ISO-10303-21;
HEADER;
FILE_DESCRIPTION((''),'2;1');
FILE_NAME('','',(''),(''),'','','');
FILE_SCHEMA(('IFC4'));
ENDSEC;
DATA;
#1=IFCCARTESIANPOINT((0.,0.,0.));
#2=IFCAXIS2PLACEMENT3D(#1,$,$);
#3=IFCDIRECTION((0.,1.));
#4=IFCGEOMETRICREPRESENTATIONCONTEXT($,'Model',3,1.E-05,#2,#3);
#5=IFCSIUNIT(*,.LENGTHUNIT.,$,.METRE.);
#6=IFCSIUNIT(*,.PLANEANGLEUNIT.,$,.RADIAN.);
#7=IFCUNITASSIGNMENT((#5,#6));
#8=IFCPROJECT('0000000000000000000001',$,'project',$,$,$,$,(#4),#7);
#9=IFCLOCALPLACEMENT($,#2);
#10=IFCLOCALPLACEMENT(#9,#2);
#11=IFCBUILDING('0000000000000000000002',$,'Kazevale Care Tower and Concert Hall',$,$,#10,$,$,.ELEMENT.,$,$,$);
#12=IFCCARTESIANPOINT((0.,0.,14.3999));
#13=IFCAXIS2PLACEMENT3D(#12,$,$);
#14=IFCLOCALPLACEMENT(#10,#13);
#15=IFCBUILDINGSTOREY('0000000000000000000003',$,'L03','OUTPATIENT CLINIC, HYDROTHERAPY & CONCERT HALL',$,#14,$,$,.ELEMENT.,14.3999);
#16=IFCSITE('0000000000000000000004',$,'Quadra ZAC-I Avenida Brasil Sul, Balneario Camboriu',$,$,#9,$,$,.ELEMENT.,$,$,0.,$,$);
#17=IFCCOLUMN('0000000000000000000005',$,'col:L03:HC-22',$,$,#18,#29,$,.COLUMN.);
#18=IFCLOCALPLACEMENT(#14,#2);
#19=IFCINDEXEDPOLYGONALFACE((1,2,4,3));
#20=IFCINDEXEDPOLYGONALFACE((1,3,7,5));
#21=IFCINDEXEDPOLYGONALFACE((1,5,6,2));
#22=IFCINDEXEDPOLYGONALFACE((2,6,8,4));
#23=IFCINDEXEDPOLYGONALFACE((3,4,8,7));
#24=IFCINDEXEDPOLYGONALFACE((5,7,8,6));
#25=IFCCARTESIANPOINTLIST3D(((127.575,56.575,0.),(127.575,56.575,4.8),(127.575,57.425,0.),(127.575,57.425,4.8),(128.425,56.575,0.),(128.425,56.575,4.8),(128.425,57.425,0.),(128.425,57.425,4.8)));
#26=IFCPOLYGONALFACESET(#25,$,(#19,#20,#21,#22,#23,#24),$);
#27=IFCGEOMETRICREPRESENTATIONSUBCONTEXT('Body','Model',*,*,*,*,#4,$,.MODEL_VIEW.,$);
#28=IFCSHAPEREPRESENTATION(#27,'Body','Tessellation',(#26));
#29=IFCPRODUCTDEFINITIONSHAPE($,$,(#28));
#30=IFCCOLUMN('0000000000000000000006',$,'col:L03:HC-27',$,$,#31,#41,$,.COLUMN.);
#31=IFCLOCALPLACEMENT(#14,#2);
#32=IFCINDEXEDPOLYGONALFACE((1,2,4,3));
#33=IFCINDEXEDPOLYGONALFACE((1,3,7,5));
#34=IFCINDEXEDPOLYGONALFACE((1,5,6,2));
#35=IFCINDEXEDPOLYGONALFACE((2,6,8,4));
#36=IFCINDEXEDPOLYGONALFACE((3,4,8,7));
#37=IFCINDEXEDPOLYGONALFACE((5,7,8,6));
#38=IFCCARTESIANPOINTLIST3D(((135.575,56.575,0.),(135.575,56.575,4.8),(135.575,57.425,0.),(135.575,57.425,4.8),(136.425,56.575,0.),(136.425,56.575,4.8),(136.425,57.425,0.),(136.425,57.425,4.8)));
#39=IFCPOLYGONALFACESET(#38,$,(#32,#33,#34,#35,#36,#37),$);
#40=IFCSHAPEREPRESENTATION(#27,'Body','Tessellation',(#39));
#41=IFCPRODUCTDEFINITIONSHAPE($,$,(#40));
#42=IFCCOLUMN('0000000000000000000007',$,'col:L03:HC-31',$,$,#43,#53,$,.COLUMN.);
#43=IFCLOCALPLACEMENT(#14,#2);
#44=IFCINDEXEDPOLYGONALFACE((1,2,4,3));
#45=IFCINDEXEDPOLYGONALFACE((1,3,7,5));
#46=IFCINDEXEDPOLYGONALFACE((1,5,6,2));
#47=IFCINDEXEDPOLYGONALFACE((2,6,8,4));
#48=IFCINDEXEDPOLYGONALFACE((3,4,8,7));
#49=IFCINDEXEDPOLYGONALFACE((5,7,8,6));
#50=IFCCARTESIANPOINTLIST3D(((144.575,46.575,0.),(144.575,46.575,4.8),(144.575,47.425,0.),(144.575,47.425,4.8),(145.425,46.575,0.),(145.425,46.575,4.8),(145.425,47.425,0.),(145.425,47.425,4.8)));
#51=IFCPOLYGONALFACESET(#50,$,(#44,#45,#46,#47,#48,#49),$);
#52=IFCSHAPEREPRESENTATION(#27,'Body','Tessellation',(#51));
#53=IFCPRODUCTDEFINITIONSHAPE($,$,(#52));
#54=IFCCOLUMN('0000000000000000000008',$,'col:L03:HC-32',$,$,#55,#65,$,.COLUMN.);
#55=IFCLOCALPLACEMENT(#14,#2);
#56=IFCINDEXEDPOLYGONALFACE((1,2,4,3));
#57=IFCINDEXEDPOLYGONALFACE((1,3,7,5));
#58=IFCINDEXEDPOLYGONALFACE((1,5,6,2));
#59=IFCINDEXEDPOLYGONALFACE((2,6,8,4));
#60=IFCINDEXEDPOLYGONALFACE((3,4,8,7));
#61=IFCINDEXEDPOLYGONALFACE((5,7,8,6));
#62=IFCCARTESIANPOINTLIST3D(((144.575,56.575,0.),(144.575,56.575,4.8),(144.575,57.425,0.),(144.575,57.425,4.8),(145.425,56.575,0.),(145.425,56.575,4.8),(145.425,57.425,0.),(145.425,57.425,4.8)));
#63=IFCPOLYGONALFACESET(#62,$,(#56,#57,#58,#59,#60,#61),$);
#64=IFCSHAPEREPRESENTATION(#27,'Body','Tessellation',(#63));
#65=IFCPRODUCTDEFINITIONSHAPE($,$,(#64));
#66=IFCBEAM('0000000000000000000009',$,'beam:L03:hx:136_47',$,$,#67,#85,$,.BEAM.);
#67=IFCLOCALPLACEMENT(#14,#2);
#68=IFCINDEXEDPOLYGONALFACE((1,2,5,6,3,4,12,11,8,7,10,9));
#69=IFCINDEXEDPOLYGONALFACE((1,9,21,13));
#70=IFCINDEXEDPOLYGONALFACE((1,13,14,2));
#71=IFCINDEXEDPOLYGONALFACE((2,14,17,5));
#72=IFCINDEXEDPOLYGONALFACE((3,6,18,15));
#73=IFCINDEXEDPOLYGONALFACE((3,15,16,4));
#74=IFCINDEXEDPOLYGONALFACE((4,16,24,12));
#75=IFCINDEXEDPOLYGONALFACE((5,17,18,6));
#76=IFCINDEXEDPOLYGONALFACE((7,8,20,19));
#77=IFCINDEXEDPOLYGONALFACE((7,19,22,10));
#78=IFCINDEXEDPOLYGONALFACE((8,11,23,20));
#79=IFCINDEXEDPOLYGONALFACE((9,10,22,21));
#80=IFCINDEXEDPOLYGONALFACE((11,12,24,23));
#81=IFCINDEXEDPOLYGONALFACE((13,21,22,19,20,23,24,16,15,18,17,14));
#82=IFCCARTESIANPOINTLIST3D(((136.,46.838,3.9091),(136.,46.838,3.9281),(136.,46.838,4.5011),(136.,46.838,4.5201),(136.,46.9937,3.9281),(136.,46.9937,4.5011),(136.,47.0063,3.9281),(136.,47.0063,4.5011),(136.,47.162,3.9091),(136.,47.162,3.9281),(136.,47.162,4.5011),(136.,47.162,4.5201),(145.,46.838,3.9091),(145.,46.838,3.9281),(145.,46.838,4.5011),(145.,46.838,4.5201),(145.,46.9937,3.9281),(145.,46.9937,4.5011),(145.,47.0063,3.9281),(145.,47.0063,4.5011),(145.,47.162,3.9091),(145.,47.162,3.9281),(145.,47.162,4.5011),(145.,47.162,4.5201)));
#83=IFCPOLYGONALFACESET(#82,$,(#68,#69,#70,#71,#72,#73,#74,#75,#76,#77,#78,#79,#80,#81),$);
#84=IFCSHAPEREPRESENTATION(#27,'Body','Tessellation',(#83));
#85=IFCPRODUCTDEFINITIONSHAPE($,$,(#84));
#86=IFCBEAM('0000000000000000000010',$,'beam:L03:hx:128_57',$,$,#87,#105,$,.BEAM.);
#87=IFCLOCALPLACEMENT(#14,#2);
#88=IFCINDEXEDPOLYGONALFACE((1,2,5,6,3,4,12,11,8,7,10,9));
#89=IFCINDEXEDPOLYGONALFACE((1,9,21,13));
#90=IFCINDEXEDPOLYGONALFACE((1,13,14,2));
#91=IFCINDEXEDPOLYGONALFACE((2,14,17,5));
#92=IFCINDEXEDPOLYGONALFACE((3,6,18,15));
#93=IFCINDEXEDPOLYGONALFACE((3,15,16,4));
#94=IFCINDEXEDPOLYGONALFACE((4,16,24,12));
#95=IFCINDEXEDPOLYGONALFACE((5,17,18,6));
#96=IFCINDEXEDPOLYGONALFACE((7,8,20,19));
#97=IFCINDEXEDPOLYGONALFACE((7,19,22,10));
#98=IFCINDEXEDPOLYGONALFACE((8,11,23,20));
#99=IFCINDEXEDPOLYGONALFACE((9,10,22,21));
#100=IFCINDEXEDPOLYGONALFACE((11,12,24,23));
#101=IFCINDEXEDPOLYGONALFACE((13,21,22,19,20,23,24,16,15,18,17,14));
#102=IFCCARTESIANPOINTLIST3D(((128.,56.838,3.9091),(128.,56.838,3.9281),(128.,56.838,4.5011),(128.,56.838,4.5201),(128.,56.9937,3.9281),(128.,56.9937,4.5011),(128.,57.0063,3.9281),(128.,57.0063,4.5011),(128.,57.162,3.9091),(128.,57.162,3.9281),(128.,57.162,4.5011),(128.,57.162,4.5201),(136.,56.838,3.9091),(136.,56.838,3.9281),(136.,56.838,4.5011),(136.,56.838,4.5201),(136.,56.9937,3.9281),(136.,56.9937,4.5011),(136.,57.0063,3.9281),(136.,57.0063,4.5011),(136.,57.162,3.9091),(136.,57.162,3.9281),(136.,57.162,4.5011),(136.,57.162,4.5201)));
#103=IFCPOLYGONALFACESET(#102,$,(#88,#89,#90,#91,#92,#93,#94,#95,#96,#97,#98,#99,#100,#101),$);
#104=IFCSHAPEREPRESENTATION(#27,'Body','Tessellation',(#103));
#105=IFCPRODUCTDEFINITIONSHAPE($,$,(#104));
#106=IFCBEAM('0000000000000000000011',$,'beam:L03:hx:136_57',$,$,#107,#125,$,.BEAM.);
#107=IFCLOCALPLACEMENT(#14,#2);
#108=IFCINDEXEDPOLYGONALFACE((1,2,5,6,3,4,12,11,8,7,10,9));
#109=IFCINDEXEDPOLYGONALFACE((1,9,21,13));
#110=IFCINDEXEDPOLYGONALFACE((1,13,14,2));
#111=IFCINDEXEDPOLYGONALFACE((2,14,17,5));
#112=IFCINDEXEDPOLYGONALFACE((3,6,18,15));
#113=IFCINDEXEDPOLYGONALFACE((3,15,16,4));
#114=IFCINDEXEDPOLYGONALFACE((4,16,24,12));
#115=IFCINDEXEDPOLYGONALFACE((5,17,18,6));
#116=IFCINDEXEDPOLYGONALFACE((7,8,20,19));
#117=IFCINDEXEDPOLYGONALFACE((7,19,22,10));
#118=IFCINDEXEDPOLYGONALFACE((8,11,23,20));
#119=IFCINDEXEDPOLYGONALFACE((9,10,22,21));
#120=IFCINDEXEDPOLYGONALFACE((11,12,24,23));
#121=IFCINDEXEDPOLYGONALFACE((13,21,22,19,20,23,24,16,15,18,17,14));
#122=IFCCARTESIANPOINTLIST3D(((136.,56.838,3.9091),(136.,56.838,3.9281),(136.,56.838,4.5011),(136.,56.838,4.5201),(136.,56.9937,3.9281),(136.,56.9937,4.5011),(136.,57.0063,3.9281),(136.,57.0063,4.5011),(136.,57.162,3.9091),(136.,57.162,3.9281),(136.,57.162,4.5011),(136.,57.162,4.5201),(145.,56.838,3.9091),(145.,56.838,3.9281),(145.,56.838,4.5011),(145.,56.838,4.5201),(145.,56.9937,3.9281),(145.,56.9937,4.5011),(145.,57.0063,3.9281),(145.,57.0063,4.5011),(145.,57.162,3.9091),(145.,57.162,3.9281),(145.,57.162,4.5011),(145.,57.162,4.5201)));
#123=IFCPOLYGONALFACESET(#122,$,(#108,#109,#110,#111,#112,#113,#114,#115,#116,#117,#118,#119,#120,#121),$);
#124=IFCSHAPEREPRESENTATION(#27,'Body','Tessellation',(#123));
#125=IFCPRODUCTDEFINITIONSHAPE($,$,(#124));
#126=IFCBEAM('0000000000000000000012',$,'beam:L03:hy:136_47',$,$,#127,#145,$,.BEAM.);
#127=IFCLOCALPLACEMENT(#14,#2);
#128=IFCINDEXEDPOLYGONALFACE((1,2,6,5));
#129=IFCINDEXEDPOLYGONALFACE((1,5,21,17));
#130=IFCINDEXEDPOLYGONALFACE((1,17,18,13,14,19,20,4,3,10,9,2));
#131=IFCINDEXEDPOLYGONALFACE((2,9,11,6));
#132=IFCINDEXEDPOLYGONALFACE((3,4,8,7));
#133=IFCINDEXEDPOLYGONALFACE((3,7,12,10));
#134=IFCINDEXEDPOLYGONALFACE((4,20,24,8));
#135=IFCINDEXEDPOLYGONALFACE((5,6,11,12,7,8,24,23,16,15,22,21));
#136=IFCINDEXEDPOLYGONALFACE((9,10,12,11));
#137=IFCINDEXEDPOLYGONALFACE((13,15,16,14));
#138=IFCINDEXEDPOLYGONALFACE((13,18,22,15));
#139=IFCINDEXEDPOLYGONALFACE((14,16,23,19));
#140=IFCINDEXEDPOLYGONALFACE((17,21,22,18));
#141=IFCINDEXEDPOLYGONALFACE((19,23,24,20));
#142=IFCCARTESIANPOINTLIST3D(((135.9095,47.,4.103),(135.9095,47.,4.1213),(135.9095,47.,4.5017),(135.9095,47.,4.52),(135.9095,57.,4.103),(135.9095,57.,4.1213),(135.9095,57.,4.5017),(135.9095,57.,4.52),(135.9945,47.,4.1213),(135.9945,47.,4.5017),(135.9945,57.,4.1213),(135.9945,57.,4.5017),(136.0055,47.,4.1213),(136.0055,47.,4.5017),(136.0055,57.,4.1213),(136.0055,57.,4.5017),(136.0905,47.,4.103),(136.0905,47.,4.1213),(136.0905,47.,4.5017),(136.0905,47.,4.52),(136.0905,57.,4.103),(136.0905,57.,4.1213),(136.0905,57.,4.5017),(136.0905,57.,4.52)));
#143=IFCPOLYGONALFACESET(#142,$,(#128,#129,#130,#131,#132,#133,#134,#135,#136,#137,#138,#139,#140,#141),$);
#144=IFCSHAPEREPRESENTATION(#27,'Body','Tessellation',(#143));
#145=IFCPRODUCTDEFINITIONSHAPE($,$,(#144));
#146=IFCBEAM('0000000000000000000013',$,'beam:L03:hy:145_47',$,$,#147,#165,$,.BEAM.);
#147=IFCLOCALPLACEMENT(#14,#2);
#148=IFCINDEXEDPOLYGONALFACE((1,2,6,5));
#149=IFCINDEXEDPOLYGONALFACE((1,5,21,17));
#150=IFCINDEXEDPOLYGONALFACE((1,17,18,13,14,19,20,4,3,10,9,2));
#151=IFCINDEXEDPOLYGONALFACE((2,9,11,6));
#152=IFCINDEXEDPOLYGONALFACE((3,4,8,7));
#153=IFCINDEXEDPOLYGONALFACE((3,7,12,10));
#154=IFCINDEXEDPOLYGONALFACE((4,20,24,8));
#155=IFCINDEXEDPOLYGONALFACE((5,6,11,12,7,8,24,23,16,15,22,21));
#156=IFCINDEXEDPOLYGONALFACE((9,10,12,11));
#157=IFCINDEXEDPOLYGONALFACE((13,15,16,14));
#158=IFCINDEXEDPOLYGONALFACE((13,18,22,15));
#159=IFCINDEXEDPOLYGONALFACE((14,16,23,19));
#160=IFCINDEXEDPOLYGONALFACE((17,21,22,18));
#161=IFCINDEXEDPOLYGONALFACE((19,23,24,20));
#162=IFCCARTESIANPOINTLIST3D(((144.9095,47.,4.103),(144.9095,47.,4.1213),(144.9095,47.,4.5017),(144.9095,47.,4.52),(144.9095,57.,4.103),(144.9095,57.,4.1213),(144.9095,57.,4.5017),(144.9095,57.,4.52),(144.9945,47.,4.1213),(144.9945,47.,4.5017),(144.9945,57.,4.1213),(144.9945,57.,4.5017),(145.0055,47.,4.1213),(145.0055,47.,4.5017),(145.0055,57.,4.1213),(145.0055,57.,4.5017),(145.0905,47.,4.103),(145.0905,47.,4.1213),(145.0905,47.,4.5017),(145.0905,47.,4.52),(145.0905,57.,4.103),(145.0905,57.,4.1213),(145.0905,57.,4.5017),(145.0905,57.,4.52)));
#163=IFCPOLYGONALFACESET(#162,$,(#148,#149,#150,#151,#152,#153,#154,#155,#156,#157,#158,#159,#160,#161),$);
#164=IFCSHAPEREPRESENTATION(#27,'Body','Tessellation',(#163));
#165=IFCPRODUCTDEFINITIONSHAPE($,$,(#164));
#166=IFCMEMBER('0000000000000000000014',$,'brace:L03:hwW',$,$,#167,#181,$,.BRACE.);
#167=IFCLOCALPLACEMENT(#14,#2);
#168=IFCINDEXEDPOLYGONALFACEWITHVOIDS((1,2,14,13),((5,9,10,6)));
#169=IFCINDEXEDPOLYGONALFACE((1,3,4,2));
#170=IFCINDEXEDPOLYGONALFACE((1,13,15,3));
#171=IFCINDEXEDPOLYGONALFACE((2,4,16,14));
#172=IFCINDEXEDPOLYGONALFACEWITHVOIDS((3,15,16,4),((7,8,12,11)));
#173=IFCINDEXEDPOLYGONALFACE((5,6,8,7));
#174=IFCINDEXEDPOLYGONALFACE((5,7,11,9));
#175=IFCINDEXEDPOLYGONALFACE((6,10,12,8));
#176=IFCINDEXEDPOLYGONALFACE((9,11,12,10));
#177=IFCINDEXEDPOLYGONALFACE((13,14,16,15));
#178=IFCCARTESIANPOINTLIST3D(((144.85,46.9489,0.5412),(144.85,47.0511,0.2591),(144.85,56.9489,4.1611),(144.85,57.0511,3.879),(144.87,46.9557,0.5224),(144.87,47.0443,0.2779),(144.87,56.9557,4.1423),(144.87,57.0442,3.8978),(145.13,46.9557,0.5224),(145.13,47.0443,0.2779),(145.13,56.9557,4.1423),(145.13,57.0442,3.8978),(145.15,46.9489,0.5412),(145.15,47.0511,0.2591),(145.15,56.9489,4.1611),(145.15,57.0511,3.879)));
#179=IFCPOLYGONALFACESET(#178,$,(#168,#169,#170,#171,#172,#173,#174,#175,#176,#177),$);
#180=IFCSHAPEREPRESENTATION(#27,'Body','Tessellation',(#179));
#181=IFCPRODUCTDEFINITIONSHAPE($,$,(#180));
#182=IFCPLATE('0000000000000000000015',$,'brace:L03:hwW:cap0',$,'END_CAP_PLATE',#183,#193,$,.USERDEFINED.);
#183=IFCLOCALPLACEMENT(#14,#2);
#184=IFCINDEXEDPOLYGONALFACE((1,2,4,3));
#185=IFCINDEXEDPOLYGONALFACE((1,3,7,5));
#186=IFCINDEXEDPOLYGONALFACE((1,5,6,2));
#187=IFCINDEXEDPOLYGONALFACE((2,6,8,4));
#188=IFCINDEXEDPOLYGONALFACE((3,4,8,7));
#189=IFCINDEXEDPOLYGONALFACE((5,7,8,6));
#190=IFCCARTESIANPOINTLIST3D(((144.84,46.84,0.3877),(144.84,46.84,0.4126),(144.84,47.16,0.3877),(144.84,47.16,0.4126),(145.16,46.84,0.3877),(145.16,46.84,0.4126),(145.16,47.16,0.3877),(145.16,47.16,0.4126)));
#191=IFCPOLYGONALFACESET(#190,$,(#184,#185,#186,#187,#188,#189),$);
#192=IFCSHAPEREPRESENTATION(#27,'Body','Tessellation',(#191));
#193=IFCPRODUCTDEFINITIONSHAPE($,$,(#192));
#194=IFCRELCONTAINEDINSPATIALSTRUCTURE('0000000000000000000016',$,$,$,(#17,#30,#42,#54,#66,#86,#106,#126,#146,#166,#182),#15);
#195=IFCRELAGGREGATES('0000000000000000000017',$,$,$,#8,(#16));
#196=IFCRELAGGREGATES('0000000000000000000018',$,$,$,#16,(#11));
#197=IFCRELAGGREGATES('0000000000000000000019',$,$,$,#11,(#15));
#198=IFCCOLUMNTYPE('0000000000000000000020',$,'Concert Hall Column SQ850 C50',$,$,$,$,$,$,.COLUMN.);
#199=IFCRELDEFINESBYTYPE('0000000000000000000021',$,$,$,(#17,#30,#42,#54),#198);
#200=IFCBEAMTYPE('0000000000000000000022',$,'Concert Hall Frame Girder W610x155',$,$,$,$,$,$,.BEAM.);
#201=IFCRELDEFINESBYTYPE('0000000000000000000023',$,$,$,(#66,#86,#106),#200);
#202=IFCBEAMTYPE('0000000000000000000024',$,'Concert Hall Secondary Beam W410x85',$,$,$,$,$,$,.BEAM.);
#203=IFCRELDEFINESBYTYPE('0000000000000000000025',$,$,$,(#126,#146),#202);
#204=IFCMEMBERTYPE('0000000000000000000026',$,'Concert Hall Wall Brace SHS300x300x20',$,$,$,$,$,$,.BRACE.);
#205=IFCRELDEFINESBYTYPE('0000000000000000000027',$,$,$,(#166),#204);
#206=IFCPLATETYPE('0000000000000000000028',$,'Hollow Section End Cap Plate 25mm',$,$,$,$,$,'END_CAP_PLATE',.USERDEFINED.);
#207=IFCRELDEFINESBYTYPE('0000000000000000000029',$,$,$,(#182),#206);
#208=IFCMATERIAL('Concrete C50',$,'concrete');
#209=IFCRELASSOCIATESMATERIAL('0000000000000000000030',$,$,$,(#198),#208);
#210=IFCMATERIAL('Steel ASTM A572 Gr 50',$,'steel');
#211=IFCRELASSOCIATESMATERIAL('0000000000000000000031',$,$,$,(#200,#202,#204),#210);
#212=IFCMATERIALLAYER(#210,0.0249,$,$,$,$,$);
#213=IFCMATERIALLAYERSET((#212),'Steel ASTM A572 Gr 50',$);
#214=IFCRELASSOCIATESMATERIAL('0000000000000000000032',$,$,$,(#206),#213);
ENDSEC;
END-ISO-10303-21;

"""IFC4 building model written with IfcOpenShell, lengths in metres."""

from ifc_helpers import new_model, si_unit, direction, frame, origin, origin_2d, place, context, subcontext, project, spatial, rectangle, hollow_rectangle, i_section, extrude, material, layer, layer_set, material_profile, profile_set, type_object, element, save


model = new_model("IFC4")

# Units and contexts
model_context = context("Model", 3, precision=1e-05, world=origin(), true_north=direction((0.0, 1.0)))
body_context = subcontext(model_context, "Body", "Model", "MODEL_VIEW")
ifc_project = project(units=[si_unit("LENGTHUNIT", "METRE"), si_unit("PLANEANGLEUNIT", "RADIAN")], contexts=[model_context])

# Site, building, storey
site_placement = place(None, origin())
site = spatial("IfcSite", under=ifc_project, at=site_placement, Name="Quadra ZAC-I Avenida Brasil Sul, Balneario Camboriu", CompositionType="ELEMENT", RefElevation=0.0)
building_placement = place(site_placement, origin())
building = spatial("IfcBuilding", under=site, at=building_placement, Name="Kazevale Care Tower and Concert Hall", CompositionType="ELEMENT")
storey_placement = place(building_placement, frame((0.0, 0.0, 14.3999)))
storey = spatial("IfcBuildingStorey", under=building, at=storey_placement, Name="L03", Description="OUTPATIENT CLINIC, HYDROTHERAPY & CONCERT HALL", CompositionType="ELEMENT", Elevation=14.3999)

# Columns
ifc_material_1 = material(Name="Concrete C50", Category="concrete")
ifc_material_profile_1 = material_profile(ifc_material_1, rectangle(XDim=0.8501, YDim=0.8501, at=origin_2d()), Name="RC-SQ850")
ifc_profile_set_1 = profile_set([ifc_material_profile_1], Name="Concrete C50")
column_type = type_object("IfcColumnType", Name="Concert Hall Column SQ850 C50", PredefinedType="COLUMN", material=ifc_profile_set_1)
for number, where, z_axis, x_axis, name in (
    (1, (128.0, 57.0, 0.0), (0.0, 0.0, 1.0), (1.0, 0.0, 0.0), "col:L03:HC-22"),
    (2, (136.0, 57.0, 0.0), (0.0, 0.0, 1.0), (1.0, 0.0, 0.0), "col:L03:HC-27"),
    (3, (145.0, 47.0, 0.0), (0.0, 0.0, 1.0), (1.0, 0.0, 0.0), "col:L03:HC-31"),
    (4, (145.0, 57.0, 0.0), (0.0, 0.0, 1.0), (1.0, 0.0, 0.0), "col:L03:HC-32"),
):
    element("IfcColumn", number, at=place(storey_placement, frame(where, z_axis=z_axis, x_axis=x_axis)), inside=storey, type_object=column_type, Name=name, PredefinedType="COLUMN", context=body_context, shape_type="SweptSolid", body=[
        extrude(rectangle(XDim=0.8501, YDim=0.8501, at=origin_2d()), origin(), (0.0, 0.0, 1.0), 4.8),
    ])

# Beams
ifc_material_2 = material(Name="Steel ASTM A572 Gr 50", Category="steel")
ifc_material_profile_2 = material_profile(ifc_material_2, i_section(OverallWidth=0.324, OverallDepth=0.6111, WebThickness=0.0127, FlangeThickness=0.019, at=origin_2d()), Name="W610x155")
ifc_profile_set_2 = profile_set([ifc_material_profile_2], Name="Steel ASTM A572 Gr 50")
beam_type_1 = type_object("IfcBeamType", Name="Concert Hall Frame Girder W610x155", PredefinedType="BEAM", material=ifc_profile_set_2)
beam_1_placement = place(storey_placement, frame((136.0, 47.0, 4.2146), z_axis=(1.0, 0.0, 0.0), x_axis=(0.0, 1.0, 0.0)))
element("IfcBeam", 5, at=beam_1_placement, inside=storey, type_object=beam_type_1, Name="beam:L03:hx:136_47", PredefinedType="BEAM", context=body_context, shape_type="SweptSolid", body=[
    extrude(i_section(OverallWidth=0.324, OverallDepth=0.6111, WebThickness=0.0127, FlangeThickness=0.019, at=origin_2d()), origin(), (0.0, 0.0, 1.0), 9.0),
])
beam_2_placement = place(storey_placement, frame((128.0, 57.0, 4.2146), z_axis=(1.0, 0.0, 0.0), x_axis=(0.0, 1.0, 0.0)))
element("IfcBeam", 6, at=beam_2_placement, inside=storey, type_object=beam_type_1, Name="beam:L03:hx:128_57", PredefinedType="BEAM", context=body_context, shape_type="SweptSolid", body=[
    extrude(i_section(OverallWidth=0.324, OverallDepth=0.6111, WebThickness=0.0127, FlangeThickness=0.019, at=origin_2d()), origin(), (0.0, 0.0, 1.0), 8.0),
])
beam_3_placement = place(storey_placement, frame((136.0, 57.0, 4.2146), z_axis=(1.0, 0.0, 0.0), x_axis=(0.0, 1.0, 0.0)))
element("IfcBeam", 7, at=beam_3_placement, inside=storey, type_object=beam_type_1, Name="beam:L03:hx:136_57", PredefinedType="BEAM", context=body_context, shape_type="SweptSolid", body=[
    extrude(i_section(OverallWidth=0.324, OverallDepth=0.6111, WebThickness=0.0127, FlangeThickness=0.019, at=origin_2d()), origin(), (0.0, 0.0, 1.0), 9.0),
])
ifc_material_profile_3 = material_profile(ifc_material_2, i_section(OverallWidth=0.1809, OverallDepth=0.417, WebThickness=0.011, FlangeThickness=0.0183, at=origin_2d()), Name="W410x85")
ifc_profile_set_3 = profile_set([ifc_material_profile_3], Name="Steel ASTM A572 Gr 50")
beam_type_2 = type_object("IfcBeamType", Name="Concert Hall Secondary Beam W410x85", PredefinedType="BEAM", material=ifc_profile_set_3)
for number, where, z_axis, x_axis, name in (
    (8, (136.0, 47.0, 4.3115), (0.0, 1.0, 0.0), (-1.0, 0.0, 0.0), "beam:L03:hy:136_47"),
    (9, (145.0, 47.0, 4.3115), (0.0, 1.0, 0.0), (-1.0, 0.0, 0.0), "beam:L03:hy:145_47"),
):
    element("IfcBeam", number, at=place(storey_placement, frame(where, z_axis=z_axis, x_axis=x_axis)), inside=storey, type_object=beam_type_2, Name=name, PredefinedType="BEAM", context=body_context, shape_type="SweptSolid", body=[
        extrude(i_section(OverallWidth=0.1809, OverallDepth=0.417, WebThickness=0.011, FlangeThickness=0.0183, at=origin_2d()), origin(), (0.0, 0.0, 1.0), 10.0),
    ])

# Member
ifc_material_profile_4 = material_profile(ifc_material_2, hollow_rectangle(XDim=0.3, YDim=0.3, WallThickness=0.02, at=origin_2d()), Name="SHS300x300x20")
ifc_profile_set_4 = profile_set([ifc_material_profile_4], Name="Steel ASTM A572 Gr 50")
member_type = type_object("IfcMemberType", Name="Concert Hall Wall Brace SHS300x300x20", PredefinedType="BRACE", material=ifc_profile_set_4)
member_placement = place(storey_placement, frame((145.0, 47.0, 0.4001), z_axis=(0.0, 0.94029, 0.340373), x_axis=(-1.0, 0.0, 0.0)))
element("IfcMember", 10, at=member_placement, inside=storey, type_object=member_type, Name="brace:L03:hwW", PredefinedType="BRACE", context=body_context, shape_type="SweptSolid", body=[
    extrude(hollow_rectangle(XDim=0.3, YDim=0.3, WallThickness=0.02, at=origin_2d()), origin(), (0.0, 0.0, 1.0), 10.635),
])

# Plate
ifc_layer_1 = layer(ifc_material_2, 0.0249)
ifc_layer_set_1 = layer_set([ifc_layer_1], Name="Steel ASTM A572 Gr 50")
plate_type = type_object("IfcPlateType", Name="Hollow Section End Cap Plate 25mm", ElementType="END_CAP_PLATE", PredefinedType="USERDEFINED", material=ifc_layer_set_1)
for number, where, z_axis, x_axis, name in (
    (11, (145.0, 47.0, 0.3877), (0.0, 0.0, 1.0), (1.0, 0.0, 0.0), "brace:L03:hwW:cap0"),
):
    element("IfcPlate", number, at=place(storey_placement, frame(where, z_axis=z_axis, x_axis=x_axis)), inside=storey, type_object=plate_type, Name=name, ObjectType="END_CAP_PLATE", PredefinedType="USERDEFINED", context=body_context, shape_type="SweptSolid", body=[
        extrude(rectangle(XDim=0.3201, YDim=0.3201, at=origin_2d()), origin(), (0.0, 0.0, 1.0), 0.0249),
    ])

save(model, "model.ifc")
